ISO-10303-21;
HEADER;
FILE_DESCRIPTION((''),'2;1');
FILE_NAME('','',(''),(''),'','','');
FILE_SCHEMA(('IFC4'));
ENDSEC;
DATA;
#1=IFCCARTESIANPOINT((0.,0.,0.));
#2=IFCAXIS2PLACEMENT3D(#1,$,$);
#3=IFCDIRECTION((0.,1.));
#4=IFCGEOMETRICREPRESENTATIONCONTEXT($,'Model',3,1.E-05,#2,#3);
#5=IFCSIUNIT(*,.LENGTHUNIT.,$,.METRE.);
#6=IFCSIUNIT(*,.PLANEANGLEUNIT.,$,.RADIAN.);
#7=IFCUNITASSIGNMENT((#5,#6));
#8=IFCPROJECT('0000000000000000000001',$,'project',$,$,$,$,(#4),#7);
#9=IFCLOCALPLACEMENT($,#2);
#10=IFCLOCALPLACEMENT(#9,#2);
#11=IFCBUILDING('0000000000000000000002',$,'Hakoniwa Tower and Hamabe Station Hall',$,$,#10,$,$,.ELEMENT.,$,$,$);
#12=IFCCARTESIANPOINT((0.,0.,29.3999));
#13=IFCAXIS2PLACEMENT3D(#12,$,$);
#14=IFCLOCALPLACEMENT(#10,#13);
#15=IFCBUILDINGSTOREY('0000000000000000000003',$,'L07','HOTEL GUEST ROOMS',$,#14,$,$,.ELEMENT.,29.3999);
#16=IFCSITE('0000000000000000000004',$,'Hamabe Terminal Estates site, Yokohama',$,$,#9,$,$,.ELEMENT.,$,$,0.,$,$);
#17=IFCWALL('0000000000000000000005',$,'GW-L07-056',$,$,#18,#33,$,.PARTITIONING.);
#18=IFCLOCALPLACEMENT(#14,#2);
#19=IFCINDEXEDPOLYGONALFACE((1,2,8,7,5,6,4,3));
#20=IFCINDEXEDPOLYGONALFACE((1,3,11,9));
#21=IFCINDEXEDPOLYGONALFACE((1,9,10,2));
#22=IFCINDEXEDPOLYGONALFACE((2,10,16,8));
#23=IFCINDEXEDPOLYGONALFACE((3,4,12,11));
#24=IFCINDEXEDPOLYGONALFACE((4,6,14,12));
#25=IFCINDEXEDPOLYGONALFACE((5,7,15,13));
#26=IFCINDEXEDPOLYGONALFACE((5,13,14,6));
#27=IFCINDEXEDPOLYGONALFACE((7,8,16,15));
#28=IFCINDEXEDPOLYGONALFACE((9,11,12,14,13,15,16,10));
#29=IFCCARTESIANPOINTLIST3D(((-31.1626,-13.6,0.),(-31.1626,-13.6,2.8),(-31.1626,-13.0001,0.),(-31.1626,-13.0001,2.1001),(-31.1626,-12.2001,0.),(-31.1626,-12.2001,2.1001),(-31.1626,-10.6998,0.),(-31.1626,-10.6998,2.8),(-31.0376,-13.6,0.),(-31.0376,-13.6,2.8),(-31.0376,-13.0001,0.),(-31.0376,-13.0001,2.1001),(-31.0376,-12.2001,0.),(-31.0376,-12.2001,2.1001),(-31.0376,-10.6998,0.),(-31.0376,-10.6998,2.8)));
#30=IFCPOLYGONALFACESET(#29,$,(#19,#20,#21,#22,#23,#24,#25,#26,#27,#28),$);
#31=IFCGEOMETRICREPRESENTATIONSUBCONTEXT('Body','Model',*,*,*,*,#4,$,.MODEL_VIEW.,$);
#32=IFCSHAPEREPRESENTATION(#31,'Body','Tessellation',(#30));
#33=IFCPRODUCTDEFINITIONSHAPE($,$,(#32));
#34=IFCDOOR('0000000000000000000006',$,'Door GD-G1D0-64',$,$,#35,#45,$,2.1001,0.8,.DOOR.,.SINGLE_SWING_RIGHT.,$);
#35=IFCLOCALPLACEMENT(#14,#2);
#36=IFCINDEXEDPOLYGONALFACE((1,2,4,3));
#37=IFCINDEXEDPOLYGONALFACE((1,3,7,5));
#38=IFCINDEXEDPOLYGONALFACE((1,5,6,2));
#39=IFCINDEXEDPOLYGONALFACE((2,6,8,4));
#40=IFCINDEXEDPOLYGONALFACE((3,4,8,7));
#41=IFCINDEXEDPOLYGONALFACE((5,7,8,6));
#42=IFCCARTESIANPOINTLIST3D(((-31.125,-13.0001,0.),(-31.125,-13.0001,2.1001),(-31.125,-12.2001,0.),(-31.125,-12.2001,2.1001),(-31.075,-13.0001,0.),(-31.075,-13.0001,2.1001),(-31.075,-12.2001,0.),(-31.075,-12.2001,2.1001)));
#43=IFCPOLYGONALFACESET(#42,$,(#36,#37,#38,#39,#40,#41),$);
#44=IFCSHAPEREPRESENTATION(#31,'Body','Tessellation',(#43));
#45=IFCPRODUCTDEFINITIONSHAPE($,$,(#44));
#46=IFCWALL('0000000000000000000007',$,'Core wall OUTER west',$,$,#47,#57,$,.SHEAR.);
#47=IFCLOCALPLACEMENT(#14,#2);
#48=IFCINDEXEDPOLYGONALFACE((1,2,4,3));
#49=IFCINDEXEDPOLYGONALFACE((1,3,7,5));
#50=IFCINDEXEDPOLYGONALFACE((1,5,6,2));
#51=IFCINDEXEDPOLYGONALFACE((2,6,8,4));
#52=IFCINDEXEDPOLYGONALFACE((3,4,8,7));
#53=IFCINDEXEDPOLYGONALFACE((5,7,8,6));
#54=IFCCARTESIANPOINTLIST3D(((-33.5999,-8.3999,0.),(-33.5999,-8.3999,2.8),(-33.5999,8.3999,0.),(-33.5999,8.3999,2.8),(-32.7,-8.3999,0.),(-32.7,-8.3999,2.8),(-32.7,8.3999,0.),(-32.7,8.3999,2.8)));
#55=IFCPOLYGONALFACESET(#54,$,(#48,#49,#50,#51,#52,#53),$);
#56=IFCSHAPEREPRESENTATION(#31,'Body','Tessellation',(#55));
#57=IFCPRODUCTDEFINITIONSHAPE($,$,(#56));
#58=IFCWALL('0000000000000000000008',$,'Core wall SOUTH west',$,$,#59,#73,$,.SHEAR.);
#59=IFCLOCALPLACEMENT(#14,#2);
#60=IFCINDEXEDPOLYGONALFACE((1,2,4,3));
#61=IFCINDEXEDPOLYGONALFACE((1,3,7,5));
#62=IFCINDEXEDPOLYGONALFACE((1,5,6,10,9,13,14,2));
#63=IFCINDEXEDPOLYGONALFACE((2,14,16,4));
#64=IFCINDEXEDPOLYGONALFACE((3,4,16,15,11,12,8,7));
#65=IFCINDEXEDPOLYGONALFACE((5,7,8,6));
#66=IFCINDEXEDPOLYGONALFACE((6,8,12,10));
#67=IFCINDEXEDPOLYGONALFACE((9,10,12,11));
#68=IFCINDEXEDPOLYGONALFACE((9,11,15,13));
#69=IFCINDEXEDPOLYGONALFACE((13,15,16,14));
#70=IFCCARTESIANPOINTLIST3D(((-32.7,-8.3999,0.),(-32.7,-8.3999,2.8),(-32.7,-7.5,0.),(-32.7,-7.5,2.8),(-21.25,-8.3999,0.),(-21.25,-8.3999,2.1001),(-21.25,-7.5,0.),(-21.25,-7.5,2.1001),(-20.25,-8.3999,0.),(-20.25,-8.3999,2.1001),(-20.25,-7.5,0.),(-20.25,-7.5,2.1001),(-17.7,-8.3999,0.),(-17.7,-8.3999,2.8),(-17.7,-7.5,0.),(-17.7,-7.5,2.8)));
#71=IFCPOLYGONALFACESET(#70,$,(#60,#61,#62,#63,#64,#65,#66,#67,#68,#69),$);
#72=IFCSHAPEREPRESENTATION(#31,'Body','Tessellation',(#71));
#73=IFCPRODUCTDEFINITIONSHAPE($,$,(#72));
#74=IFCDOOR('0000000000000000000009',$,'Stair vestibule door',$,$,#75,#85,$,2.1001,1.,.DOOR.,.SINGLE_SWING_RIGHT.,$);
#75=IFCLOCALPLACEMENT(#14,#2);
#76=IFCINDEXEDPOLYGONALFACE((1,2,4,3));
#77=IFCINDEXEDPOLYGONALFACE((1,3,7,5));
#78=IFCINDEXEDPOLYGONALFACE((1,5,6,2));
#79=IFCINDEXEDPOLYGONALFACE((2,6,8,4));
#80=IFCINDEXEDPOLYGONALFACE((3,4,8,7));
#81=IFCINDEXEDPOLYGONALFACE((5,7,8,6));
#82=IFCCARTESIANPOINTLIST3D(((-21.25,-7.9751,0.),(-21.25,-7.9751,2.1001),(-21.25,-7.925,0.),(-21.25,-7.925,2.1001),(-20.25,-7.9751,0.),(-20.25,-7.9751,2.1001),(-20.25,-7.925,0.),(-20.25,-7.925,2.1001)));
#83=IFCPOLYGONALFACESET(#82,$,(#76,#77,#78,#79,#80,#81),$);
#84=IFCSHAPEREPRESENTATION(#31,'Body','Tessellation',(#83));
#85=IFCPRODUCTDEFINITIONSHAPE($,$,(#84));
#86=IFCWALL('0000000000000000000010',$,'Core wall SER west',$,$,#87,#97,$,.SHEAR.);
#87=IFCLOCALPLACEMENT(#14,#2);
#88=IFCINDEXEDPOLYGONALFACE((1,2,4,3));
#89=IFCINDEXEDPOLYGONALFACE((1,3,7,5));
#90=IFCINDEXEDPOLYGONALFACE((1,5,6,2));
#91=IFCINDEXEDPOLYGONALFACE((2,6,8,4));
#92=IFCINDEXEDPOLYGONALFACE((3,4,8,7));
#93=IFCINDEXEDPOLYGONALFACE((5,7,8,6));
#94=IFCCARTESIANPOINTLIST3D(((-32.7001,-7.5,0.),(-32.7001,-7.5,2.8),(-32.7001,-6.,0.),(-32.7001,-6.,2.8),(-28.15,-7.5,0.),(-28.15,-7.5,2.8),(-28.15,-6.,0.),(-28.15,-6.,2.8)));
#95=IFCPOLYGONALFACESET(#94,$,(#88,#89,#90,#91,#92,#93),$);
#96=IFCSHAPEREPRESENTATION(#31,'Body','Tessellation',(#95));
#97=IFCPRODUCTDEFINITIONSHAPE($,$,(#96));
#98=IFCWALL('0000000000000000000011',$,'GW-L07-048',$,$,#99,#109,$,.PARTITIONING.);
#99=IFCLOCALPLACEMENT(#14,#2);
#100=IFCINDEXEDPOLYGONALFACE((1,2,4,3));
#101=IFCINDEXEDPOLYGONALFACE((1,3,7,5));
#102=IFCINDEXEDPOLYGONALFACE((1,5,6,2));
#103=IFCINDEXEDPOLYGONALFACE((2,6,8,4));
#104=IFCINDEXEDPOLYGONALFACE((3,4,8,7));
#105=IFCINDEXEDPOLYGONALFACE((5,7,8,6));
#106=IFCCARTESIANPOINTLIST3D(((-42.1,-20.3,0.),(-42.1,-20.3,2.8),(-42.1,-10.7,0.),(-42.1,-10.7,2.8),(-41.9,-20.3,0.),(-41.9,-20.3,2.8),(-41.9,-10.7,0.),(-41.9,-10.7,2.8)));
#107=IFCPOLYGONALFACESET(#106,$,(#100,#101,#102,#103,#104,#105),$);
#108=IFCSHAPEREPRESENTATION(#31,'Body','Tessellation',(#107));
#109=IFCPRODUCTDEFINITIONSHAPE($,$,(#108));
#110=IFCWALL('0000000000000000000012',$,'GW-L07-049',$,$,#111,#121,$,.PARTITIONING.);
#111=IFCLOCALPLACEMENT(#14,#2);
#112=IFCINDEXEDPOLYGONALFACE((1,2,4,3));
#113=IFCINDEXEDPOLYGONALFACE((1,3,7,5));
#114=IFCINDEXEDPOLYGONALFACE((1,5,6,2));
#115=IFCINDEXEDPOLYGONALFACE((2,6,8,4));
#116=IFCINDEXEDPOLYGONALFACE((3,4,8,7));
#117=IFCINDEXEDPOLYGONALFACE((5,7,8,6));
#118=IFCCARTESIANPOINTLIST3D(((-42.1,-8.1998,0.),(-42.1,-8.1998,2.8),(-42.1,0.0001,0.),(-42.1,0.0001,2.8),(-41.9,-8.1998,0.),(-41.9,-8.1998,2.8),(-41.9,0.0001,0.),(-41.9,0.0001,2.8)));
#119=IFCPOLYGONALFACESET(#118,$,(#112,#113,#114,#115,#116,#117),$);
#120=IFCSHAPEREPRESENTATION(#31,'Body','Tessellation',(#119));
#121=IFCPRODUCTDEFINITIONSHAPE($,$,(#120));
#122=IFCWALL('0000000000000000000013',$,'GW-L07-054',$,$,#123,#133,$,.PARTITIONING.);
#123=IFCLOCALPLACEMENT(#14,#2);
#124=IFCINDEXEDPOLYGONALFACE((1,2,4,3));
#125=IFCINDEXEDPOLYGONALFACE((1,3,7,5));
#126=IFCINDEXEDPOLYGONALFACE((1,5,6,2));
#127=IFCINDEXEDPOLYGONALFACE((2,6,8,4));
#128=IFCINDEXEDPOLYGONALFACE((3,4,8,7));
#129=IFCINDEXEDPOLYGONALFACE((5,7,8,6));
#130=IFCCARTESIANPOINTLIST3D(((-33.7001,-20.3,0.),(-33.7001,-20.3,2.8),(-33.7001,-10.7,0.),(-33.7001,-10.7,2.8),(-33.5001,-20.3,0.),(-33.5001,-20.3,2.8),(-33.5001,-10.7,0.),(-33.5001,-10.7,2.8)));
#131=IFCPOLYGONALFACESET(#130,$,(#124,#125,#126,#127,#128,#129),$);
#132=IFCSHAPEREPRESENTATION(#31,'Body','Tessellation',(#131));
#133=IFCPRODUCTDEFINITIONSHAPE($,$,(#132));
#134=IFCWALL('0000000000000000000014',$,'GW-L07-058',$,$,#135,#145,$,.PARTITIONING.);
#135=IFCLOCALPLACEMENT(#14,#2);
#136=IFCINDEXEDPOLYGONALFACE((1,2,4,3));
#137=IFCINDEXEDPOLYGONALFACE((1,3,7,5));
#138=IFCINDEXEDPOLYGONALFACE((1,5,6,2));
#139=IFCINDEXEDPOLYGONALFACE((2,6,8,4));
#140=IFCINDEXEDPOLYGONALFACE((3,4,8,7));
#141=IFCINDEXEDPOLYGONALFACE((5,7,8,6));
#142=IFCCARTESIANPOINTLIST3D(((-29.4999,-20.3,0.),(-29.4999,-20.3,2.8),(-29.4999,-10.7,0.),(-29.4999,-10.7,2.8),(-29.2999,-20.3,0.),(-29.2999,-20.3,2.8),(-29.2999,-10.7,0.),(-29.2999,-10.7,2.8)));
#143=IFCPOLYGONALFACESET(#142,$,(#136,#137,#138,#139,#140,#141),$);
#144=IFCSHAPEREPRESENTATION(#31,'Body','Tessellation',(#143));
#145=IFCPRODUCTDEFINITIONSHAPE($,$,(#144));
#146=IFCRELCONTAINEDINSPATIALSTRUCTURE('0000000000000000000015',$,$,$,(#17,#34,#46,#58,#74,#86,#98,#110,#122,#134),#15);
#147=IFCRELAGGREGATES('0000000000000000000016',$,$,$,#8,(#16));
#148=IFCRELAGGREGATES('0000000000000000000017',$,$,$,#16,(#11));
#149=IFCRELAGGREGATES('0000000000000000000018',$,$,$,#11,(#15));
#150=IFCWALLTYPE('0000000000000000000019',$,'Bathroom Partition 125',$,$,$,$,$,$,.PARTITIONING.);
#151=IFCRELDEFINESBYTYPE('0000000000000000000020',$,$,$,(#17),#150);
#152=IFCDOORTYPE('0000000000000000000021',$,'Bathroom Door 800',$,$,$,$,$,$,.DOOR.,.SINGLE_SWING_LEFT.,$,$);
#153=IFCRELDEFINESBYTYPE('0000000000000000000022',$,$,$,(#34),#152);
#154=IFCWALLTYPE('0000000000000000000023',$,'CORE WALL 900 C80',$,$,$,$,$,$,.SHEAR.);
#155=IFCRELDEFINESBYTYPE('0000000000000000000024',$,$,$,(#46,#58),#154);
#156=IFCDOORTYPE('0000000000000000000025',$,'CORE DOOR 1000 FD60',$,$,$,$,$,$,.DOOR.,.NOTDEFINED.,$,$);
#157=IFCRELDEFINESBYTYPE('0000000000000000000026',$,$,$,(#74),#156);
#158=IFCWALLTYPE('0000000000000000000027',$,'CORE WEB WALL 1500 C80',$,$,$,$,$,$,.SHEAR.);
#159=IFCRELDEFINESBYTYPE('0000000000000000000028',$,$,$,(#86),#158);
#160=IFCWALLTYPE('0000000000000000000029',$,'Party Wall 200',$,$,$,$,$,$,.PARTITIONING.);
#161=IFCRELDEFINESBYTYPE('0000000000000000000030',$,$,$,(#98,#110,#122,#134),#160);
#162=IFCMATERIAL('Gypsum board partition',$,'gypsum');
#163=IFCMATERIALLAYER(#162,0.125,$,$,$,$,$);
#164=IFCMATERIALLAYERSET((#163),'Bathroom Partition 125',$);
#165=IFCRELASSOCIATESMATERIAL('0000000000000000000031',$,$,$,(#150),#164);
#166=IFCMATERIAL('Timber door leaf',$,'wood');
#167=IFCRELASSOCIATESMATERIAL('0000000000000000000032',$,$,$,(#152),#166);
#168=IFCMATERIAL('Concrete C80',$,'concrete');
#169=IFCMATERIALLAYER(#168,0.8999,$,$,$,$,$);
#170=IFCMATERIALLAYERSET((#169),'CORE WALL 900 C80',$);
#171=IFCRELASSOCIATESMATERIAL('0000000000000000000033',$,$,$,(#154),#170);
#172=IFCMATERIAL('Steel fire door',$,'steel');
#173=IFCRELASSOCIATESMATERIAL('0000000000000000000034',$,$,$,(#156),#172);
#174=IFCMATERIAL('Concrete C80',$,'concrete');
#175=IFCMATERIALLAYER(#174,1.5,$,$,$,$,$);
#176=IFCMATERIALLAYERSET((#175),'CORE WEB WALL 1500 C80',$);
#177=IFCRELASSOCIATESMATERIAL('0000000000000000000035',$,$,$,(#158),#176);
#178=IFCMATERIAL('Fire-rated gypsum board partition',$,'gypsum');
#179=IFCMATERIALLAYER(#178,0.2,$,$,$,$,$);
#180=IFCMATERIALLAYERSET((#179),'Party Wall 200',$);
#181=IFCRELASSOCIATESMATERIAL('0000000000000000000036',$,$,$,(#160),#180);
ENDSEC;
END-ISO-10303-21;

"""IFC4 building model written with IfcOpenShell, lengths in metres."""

from ifc_helpers import new_model, si_unit, direction, frame, frame_2d, origin, place, context, subcontext, project, spatial, rectangle, extrude, material, layer, layer_set, type_object, element, fill, save


model = new_model("IFC4")

# Units and contexts
model_context = context("Model", 3, precision=1e-05, world=origin(), true_north=direction((0.0, 1.0)))
body_context = subcontext(model_context, "Body", "Model", "MODEL_VIEW")
ifc_project = project(units=[si_unit("LENGTHUNIT", "METRE"), si_unit("PLANEANGLEUNIT", "RADIAN")], contexts=[model_context])

# Site, building, storey
site_placement = place(None, origin())
site = spatial("IfcSite", under=ifc_project, at=site_placement, Name="Hamabe Terminal Estates site, Yokohama", CompositionType="ELEMENT", RefElevation=0.0)
building_placement = place(site_placement, origin())
building = spatial("IfcBuilding", under=site, at=building_placement, Name="Hakoniwa Tower and Hamabe Station Hall", CompositionType="ELEMENT")
storey_placement = place(building_placement, frame((0.0, 0.0, 29.3999)))
storey = spatial("IfcBuildingStorey", under=building, at=storey_placement, Name="L07", Description="HOTEL GUEST ROOMS", CompositionType="ELEMENT", Elevation=29.3999)

# Shared definitions
ifc_material_1 = material(Name="Gypsum board partition", Category="gypsum")
ifc_layer_1 = layer(ifc_material_1, 0.125)
ifc_layer_set_1 = layer_set([ifc_layer_1], Name="Bathroom Partition 125")
wall_type_1 = type_object("IfcWallType", Name="Bathroom Partition 125", PredefinedType="PARTITIONING", material=ifc_layer_set_1)
ifc_material_2 = material(Name="Timber door leaf", Category="wood")
door_type_1 = type_object("IfcDoorType", Name="Bathroom Door 800", OperationType="SINGLE_SWING_LEFT", PredefinedType="DOOR", material=ifc_material_2)

# Wall, opening, door
wall_1_placement = place(storey_placement, frame((-31.1001, -13.6001, 0.0), z_axis=(0.0, 0.0, 1.0), x_axis=(0.0, 1.0, 0.0)))
wall_1 = element("IfcWall", 1, at=wall_1_placement, inside=storey, type_object=wall_type_1, Name="GW-L07-056", PredefinedType="PARTITIONING", context=body_context, shape_type="SweptSolid", body=[
    extrude(rectangle(XDim=2.9001, YDim=0.125, at=frame_2d((1.4502, 0.0))), origin(), (0.0, 0.0, 1.0), 2.8),
])
opening_1_placement = place(wall_1_placement, frame((0.6001, 0.0, 0.0)))
opening_1 = element("IfcOpeningElement", 2, at=opening_1_placement, cuts=wall_1, PredefinedType="OPENING", context=body_context, shape_type="SweptSolid", body=[
    extrude(rectangle(XDim=0.8, YDim=2.1001, at=frame_2d((0.3999, 1.05))), frame((0.0, 0.0725, 0.0), z_axis=(0.0, -1.0, 0.0), x_axis=(1.0, 0.0, 0.0)), (0.0, 0.0, 1.0), 0.145),
])
door_1_placement = place(opening_1_placement, origin())
door_1 = element("IfcDoor", 3, at=door_1_placement, inside=storey, type_object=door_type_1, Name="Door GD-G1D0-64", OperationType="SINGLE_SWING_RIGHT", OverallHeight=2.1001, OverallWidth=0.8, PredefinedType="DOOR", context=body_context, shape_type="SweptSolid", body=[
    extrude(rectangle(XDim=0.8, YDim=2.1001, at=frame_2d((0.3999, 1.05))), frame((0.0, 0.0249, 0.0), z_axis=(0.0, -1.0, 0.0), x_axis=(1.0, 0.0, 0.0)), (0.0, 0.0, 1.0), 0.05),
])
fill(opening_1, door_1)

# Wall
ifc_material_3 = material(Name="Concrete C80", Category="concrete")
ifc_layer_2 = layer(ifc_material_3, 0.8999)
ifc_layer_set_2 = layer_set([ifc_layer_2], Name="CORE WALL 900 C80")
wall_type_2 = type_object("IfcWallType", Name="CORE WALL 900 C80", PredefinedType="SHEAR", material=ifc_layer_set_2)
wall_2_placement = place(storey_placement, frame((-33.1499, -8.3999, 0.0), z_axis=(0.0, 0.0, 1.0), x_axis=(0.0, 1.0, 0.0)))
element("IfcWall", 4, at=wall_2_placement, inside=storey, type_object=wall_type_2, Name="Core wall OUTER west", PredefinedType="SHEAR", context=body_context, shape_type="SweptSolid", body=[
    extrude(rectangle(XDim=16.7998, YDim=0.8999, at=frame_2d((8.3999, 0.0))), origin(), (0.0, 0.0, 1.0), 2.8),
])

# Wall, opening, door
wall_3_placement = place(storey_placement, frame((-32.7, -7.95, 0.0), z_axis=(0.0, 0.0, 1.0), x_axis=(1.0, 0.0, 0.0)))
wall_3 = element("IfcWall", 5, at=wall_3_placement, inside=storey, type_object=wall_type_2, Name="Core wall SOUTH west", PredefinedType="SHEAR", context=body_context, shape_type="SweptSolid", body=[
    extrude(rectangle(XDim=15.0, YDim=0.8999, at=frame_2d((7.5, 0.0))), origin(), (0.0, 0.0, 1.0), 2.8),
])
opening_2_placement = place(wall_3_placement, frame((11.45, 0.0, 0.0)))
opening_2 = element("IfcOpeningElement", 6, at=opening_2_placement, cuts=wall_3, PredefinedType="OPENING", context=body_context, shape_type="SweptSolid", body=[
    extrude(rectangle(XDim=1.0, YDim=2.1001, at=frame_2d((0.5, 1.05))), frame((0.0, 0.46, 0.0), z_axis=(0.0, -1.0, 0.0), x_axis=(1.0, 0.0, 0.0)), (0.0, 0.0, 1.0), 0.9199),
])
ifc_material_4 = material(Name="Steel fire door", Category="steel")
door_type_2 = type_object("IfcDoorType", Name="CORE DOOR 1000 FD60", OperationType="NOTDEFINED", PredefinedType="DOOR", material=ifc_material_4)
door_2_placement = place(opening_2_placement, origin())
door_2 = element("IfcDoor", 7, at=door_2_placement, inside=storey, type_object=door_type_2, Name="Stair vestibule door", OperationType="SINGLE_SWING_RIGHT", OverallHeight=2.1001, OverallWidth=1.0, PredefinedType="DOOR", context=body_context, shape_type="SweptSolid", body=[
    extrude(rectangle(XDim=1.0, YDim=2.1001, at=frame_2d((0.5, 1.05))), frame((0.0, 0.0249, 0.0), z_axis=(0.0, -1.0, 0.0), x_axis=(1.0, 0.0, 0.0)), (0.0, 0.0, 1.0), 0.05),
])
fill(opening_2, door_2)

# Walls
ifc_material_5 = material(Name="Concrete C80", Category="concrete")
ifc_layer_3 = layer(ifc_material_5, 1.5)
ifc_layer_set_3 = layer_set([ifc_layer_3], Name="CORE WEB WALL 1500 C80")
wall_type_3 = type_object("IfcWallType", Name="CORE WEB WALL 1500 C80", PredefinedType="SHEAR", material=ifc_layer_set_3)
wall_4_placement = place(storey_placement, frame((-32.7, -6.75, 0.0), z_axis=(0.0, 0.0, 1.0), x_axis=(1.0, 0.0, 0.0)))
element("IfcWall", 8, at=wall_4_placement, inside=storey, type_object=wall_type_3, Name="Core wall SER west", PredefinedType="SHEAR", context=body_context, shape_type="SweptSolid", body=[
    extrude(rectangle(XDim=4.55, YDim=1.5, at=frame_2d((2.2749, 0.0))), origin(), (0.0, 0.0, 1.0), 2.8),
])
ifc_material_6 = material(Name="Fire-rated gypsum board partition", Category="gypsum")
ifc_layer_4 = layer(ifc_material_6, 0.2)
ifc_layer_set_4 = layer_set([ifc_layer_4], Name="Party Wall 200")
wall_type_4 = type_object("IfcWallType", Name="Party Wall 200", PredefinedType="PARTITIONING", material=ifc_layer_set_4)
wall_5_placement = place(storey_placement, frame((-42.0, -20.3, 0.0), z_axis=(0.0, 0.0, 1.0), x_axis=(0.0, 1.0, 0.0)))
element("IfcWall", 9, at=wall_5_placement, inside=storey, type_object=wall_type_4, Name="GW-L07-048", PredefinedType="PARTITIONING", context=body_context, shape_type="SweptSolid", body=[
    extrude(rectangle(XDim=9.6001, YDim=0.2, at=frame_2d((4.8, 0.0))), origin(), (0.0, 0.0, 1.0), 2.8),
])
wall_6_placement = place(storey_placement, frame((-42.0, -8.2, 0.0), z_axis=(0.0, 0.0, 1.0), x_axis=(0.0, 1.0, 0.0)))
element("IfcWall", 10, at=wall_6_placement, inside=storey, type_object=wall_type_4, Name="GW-L07-049", PredefinedType="PARTITIONING", context=body_context, shape_type="SweptSolid", body=[
    extrude(rectangle(XDim=8.2, YDim=0.2, at=frame_2d((4.1001, 0.0))), origin(), (0.0, 0.0, 1.0), 2.8),
])
for number, where, z_axis, x_axis, name in (
    (11, (-33.6001, -20.3, 0.0), (0.0, 0.0, 1.0), (0.0, 1.0, 0.0), "GW-L07-054"),
    (12, (-29.3999, -20.3, 0.0), (0.0, 0.0, 1.0), (0.0, 1.0, 0.0), "GW-L07-058"),
):
    element("IfcWall", number, at=place(storey_placement, frame(where, z_axis=z_axis, x_axis=x_axis)), inside=storey, type_object=wall_type_4, Name=name, PredefinedType="PARTITIONING", context=body_context, shape_type="SweptSolid", body=[
        extrude(rectangle(XDim=9.6001, YDim=0.2, at=frame_2d((4.8, 0.0))), origin(), (0.0, 0.0, 1.0), 2.8),
    ])

save(model, "model.ifc")
